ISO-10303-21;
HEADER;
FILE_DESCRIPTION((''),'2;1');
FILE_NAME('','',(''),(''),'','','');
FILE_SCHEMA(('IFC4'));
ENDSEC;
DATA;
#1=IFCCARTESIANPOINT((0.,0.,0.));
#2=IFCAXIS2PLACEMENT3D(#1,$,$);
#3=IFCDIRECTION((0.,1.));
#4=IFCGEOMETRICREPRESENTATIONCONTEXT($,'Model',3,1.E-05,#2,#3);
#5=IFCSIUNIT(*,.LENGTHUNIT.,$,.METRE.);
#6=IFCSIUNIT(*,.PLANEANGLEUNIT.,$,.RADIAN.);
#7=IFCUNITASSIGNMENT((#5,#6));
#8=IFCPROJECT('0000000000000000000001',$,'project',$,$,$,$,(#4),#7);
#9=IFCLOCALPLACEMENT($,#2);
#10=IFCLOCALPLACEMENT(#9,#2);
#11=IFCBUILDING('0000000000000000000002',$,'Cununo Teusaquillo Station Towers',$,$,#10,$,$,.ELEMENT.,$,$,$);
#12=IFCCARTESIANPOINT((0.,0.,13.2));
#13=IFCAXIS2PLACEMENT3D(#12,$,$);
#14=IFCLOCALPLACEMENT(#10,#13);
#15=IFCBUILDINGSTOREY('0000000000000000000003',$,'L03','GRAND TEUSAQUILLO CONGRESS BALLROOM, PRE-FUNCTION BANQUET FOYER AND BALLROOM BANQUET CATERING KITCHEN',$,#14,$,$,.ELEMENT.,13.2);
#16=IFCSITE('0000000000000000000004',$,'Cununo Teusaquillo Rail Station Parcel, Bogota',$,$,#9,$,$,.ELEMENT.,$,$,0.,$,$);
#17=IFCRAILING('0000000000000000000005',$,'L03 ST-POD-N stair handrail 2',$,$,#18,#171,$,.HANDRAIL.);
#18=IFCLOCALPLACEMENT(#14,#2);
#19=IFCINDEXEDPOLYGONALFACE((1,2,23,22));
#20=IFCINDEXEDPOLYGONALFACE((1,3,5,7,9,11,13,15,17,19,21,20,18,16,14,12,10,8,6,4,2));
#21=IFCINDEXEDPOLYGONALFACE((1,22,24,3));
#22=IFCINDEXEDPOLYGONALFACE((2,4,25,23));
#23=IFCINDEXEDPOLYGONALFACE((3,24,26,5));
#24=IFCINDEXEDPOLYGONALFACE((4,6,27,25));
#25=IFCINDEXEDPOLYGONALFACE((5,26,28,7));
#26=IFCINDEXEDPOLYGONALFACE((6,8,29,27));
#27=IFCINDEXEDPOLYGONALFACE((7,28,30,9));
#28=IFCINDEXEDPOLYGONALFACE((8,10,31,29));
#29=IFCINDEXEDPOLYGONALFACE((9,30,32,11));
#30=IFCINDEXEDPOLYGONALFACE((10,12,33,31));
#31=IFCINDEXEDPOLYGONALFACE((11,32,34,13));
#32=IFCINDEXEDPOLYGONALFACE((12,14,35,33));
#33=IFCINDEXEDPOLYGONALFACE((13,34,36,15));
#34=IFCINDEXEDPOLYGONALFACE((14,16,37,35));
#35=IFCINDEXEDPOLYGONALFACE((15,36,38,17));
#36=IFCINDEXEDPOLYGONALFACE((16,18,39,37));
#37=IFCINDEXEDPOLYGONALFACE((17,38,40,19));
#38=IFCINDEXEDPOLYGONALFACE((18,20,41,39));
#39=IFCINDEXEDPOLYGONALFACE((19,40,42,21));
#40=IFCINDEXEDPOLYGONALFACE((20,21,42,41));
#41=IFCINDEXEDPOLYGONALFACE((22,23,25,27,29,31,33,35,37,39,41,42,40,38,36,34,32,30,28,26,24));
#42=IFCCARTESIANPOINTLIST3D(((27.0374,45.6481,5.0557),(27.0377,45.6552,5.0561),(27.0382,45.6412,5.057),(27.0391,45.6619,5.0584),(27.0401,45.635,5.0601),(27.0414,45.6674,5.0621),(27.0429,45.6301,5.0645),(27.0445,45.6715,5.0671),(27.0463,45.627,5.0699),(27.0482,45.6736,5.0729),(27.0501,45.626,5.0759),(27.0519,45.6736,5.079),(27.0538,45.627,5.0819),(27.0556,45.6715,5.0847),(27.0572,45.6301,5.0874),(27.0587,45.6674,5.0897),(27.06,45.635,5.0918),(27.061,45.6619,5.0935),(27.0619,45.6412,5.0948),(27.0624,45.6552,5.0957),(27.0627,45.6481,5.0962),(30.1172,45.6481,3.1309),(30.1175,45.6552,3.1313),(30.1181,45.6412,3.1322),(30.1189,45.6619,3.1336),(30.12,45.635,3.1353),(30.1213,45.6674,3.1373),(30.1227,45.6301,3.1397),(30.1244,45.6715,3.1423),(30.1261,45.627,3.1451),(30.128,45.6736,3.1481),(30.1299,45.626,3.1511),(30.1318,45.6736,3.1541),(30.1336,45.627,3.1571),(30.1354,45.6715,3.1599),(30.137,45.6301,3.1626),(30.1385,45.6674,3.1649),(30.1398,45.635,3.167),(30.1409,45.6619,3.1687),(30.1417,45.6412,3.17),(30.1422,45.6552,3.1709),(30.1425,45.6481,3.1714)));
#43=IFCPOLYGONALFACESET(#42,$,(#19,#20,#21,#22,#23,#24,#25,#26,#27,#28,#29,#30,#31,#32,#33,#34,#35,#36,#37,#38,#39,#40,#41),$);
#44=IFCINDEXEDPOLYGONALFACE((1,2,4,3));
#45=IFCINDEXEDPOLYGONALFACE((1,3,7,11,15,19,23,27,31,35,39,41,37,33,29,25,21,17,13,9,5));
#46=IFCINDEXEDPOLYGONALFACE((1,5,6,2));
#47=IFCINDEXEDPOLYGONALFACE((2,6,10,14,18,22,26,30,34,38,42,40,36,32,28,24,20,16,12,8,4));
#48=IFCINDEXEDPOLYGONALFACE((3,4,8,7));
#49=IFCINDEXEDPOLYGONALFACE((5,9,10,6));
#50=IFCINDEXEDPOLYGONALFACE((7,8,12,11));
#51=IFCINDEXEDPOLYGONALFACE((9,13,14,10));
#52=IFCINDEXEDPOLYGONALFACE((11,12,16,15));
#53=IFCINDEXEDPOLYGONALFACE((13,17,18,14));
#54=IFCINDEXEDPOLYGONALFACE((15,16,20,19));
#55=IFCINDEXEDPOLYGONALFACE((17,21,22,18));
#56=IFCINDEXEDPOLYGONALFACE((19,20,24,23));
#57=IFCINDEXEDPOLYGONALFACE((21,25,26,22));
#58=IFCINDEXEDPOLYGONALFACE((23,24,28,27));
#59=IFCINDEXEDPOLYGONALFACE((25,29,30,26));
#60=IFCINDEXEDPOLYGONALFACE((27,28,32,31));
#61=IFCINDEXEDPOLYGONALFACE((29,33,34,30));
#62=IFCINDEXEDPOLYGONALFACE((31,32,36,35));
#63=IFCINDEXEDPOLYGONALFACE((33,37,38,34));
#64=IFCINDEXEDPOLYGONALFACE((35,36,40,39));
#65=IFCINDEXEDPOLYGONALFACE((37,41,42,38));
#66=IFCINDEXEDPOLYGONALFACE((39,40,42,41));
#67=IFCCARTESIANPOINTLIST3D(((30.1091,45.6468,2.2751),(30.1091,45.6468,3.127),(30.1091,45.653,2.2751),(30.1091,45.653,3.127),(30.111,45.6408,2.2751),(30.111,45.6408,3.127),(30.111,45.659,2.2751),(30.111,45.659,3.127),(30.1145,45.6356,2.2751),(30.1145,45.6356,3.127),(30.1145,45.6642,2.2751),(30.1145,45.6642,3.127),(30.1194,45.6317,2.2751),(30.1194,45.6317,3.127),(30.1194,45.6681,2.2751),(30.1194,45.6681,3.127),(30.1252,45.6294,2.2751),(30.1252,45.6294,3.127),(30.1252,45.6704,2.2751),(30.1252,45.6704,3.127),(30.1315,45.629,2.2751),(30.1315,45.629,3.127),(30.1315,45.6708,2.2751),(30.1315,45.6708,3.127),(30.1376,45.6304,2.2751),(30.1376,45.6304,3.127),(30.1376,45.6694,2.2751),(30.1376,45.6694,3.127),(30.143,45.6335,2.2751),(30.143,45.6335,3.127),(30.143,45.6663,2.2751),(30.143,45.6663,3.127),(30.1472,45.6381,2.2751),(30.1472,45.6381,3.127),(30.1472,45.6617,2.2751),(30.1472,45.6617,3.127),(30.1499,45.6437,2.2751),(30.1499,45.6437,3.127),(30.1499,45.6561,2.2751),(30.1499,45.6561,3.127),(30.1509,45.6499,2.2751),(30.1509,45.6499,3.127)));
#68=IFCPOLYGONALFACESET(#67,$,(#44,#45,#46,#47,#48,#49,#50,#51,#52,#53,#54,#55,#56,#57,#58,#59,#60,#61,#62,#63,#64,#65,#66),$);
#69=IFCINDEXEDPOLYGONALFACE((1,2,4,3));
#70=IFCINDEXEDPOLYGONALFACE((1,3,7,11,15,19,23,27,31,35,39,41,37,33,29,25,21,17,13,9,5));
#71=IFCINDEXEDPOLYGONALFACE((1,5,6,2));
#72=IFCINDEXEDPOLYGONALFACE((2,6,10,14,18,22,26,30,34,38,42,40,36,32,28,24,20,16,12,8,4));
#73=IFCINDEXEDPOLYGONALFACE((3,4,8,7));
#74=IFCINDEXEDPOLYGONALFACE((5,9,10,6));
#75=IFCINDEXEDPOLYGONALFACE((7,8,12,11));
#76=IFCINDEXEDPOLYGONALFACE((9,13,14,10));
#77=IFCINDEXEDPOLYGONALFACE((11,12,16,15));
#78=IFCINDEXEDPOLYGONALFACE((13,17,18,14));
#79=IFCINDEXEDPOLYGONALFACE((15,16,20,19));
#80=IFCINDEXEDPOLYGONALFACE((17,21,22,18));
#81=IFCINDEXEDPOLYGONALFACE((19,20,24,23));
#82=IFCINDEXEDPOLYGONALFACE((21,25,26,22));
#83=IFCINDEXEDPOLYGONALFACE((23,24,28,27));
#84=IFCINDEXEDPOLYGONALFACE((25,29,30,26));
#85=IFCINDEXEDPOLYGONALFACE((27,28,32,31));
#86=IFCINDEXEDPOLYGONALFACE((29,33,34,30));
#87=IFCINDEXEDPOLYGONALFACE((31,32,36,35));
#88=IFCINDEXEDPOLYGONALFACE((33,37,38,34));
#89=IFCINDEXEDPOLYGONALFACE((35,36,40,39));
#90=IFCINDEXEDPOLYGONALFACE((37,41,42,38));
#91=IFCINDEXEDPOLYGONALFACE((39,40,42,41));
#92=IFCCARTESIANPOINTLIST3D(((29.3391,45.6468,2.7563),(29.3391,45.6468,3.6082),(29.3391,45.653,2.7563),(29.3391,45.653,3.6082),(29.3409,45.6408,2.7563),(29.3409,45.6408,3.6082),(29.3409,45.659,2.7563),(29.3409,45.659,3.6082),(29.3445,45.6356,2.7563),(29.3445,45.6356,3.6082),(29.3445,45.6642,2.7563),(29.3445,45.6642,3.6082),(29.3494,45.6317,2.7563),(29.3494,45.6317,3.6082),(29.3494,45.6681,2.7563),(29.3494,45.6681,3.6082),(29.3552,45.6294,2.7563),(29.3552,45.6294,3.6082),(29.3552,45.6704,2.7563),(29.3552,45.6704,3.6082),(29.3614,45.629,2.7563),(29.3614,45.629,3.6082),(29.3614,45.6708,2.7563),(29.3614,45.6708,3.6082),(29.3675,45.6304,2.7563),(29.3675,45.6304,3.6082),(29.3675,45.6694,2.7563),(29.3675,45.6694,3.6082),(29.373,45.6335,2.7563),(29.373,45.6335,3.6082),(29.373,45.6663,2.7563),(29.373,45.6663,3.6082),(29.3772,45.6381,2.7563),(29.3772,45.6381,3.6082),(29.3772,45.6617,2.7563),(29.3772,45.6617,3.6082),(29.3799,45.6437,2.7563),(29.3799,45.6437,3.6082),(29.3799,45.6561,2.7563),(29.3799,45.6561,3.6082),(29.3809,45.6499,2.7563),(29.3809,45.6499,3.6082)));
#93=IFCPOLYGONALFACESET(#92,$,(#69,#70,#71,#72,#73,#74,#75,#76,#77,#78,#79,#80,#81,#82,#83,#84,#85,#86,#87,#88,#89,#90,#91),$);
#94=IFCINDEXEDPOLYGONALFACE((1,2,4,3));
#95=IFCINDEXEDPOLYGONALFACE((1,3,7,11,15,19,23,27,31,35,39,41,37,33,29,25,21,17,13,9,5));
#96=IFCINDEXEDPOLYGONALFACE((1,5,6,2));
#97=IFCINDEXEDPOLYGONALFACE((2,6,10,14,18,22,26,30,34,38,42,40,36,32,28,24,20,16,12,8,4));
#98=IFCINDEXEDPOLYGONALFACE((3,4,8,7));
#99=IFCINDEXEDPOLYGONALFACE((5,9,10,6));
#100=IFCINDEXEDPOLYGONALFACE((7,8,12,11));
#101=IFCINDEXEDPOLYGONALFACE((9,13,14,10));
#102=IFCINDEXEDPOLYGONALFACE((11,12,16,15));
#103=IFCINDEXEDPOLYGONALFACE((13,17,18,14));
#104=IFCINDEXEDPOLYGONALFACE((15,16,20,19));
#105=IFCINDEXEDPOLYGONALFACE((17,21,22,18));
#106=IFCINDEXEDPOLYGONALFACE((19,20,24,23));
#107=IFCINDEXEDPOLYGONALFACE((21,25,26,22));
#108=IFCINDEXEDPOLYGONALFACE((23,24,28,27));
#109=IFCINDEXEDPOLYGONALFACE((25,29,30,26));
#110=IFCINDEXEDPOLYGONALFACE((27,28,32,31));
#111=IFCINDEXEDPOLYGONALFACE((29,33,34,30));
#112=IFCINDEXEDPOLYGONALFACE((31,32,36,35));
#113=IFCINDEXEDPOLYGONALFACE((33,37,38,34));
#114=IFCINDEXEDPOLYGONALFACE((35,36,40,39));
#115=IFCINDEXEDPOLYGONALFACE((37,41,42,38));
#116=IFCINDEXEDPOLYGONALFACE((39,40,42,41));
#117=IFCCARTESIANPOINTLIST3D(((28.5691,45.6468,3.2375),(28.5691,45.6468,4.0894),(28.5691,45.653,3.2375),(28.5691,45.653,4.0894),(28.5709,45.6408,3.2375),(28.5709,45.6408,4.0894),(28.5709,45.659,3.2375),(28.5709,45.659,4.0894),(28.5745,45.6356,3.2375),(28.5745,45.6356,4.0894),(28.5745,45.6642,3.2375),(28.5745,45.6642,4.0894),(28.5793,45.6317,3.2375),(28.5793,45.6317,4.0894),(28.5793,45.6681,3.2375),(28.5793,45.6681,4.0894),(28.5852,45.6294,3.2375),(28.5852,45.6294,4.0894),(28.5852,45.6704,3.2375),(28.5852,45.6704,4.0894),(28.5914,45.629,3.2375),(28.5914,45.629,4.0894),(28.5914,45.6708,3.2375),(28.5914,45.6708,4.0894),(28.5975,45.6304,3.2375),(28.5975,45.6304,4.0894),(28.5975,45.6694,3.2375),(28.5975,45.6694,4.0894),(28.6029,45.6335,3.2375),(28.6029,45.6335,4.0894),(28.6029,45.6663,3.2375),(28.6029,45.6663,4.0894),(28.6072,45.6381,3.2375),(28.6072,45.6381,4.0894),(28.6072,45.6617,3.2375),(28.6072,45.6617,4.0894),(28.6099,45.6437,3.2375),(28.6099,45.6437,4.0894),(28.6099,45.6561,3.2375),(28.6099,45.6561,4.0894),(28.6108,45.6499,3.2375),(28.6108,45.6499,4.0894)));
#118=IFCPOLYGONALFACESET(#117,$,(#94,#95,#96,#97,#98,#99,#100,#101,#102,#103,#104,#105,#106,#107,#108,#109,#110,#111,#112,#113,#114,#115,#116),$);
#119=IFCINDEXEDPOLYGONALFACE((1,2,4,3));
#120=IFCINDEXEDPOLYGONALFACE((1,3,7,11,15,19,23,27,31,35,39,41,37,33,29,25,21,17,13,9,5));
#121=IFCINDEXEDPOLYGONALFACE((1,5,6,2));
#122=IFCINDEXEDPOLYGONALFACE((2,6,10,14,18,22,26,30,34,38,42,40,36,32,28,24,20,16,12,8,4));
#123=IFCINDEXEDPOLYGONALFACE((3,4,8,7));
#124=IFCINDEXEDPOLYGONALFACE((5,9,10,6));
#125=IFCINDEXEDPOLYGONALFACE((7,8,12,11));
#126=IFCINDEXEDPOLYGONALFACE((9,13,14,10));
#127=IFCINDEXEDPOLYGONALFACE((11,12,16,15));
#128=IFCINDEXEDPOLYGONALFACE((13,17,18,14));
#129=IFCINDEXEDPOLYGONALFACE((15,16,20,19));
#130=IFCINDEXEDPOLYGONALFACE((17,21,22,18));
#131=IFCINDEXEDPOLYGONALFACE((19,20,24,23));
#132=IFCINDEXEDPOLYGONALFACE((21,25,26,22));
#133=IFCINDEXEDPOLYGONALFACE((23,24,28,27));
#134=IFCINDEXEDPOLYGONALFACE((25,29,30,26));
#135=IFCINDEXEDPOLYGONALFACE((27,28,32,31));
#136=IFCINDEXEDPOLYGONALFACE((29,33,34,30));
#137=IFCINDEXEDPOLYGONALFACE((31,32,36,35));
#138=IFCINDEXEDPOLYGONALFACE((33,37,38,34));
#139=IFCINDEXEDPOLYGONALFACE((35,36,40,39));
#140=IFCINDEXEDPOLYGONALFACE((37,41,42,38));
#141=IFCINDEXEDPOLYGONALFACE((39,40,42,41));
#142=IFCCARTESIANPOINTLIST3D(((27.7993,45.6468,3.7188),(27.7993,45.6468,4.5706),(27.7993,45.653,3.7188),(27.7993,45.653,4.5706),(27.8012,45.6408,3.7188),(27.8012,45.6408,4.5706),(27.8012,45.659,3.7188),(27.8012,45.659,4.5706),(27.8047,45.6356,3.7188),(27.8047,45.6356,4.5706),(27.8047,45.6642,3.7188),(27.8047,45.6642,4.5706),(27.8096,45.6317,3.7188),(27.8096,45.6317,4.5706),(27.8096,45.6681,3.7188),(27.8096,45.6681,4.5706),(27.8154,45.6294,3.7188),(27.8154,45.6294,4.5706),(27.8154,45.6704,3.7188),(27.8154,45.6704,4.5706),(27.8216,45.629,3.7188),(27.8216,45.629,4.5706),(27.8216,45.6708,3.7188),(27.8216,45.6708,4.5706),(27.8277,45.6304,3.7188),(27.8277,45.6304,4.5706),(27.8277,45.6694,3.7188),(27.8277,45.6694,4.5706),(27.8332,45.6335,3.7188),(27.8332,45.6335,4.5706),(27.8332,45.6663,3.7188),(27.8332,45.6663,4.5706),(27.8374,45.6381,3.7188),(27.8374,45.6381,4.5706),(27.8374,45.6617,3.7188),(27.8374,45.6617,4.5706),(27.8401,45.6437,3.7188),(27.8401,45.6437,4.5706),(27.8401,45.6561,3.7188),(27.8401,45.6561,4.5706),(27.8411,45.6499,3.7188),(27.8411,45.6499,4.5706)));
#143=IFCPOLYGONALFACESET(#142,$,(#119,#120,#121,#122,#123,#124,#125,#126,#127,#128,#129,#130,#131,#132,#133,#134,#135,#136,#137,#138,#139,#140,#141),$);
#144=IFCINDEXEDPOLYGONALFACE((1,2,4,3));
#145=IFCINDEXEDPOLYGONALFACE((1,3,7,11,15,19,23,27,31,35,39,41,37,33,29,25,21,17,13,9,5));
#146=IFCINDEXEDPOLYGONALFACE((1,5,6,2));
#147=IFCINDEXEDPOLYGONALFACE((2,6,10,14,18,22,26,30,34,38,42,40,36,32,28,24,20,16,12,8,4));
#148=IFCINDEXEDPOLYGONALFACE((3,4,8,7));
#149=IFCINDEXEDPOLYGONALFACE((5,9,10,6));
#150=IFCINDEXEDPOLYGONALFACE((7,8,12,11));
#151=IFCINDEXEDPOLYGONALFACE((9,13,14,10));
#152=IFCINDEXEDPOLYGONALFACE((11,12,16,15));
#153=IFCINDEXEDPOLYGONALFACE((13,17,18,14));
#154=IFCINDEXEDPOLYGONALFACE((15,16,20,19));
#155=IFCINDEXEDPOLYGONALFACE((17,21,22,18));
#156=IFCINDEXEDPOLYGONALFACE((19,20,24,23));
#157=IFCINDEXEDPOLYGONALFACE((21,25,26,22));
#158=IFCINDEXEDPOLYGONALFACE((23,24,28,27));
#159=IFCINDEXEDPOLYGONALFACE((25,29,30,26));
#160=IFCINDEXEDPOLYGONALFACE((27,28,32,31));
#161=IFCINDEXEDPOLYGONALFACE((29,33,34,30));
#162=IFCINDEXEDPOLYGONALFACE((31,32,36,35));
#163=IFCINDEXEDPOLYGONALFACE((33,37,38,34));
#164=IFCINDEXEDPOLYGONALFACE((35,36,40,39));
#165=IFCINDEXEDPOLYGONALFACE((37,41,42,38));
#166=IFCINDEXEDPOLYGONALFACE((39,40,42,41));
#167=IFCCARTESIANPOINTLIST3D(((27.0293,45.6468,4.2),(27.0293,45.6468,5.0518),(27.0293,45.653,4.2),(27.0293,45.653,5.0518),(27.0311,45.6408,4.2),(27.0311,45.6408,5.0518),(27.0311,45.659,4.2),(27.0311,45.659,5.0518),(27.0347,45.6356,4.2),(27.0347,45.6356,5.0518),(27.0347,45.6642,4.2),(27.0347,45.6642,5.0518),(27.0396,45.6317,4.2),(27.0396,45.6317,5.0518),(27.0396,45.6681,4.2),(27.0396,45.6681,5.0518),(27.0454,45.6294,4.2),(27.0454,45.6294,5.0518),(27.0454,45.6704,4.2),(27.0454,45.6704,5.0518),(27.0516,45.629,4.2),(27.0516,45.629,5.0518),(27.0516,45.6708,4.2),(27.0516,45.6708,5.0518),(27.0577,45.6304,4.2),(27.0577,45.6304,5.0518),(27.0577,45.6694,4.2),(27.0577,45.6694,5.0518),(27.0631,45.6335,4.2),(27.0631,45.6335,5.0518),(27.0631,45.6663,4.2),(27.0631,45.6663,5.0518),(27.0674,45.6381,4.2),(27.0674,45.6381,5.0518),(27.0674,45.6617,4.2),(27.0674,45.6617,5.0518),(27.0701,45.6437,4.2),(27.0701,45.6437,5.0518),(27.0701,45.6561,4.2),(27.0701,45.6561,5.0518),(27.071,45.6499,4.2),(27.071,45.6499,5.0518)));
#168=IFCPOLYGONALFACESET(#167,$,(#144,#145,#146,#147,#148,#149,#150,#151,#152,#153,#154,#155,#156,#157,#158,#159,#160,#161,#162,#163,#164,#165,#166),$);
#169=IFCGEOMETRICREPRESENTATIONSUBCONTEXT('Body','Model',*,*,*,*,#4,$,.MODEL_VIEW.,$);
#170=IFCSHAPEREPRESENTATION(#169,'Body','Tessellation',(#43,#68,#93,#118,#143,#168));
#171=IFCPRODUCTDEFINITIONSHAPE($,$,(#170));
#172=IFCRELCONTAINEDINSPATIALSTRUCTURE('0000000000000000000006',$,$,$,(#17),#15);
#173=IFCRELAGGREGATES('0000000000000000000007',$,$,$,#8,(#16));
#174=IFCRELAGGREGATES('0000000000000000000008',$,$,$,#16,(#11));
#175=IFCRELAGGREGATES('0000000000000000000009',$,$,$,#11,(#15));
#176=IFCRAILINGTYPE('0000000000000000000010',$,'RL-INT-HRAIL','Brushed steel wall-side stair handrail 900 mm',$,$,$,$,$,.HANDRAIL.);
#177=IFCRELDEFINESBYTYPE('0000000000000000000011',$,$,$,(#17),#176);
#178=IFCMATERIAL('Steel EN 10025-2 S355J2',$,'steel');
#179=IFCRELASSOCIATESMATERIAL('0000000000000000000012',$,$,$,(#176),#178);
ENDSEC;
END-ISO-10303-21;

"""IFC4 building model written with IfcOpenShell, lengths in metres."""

from ifc_helpers import new_model, si_unit, direction, frame, origin, origin_2d, place, context, subcontext, project, spatial, circle, extrude, material, type_object, element, save


model = new_model("IFC4")

# Units and contexts
model_context = context("Model", 3, precision=1e-05, world=origin(), true_north=direction((0.0, 1.0)))
body_context = subcontext(model_context, "Body", "Model", "MODEL_VIEW")
ifc_project = project(units=[si_unit("LENGTHUNIT", "METRE"), si_unit("PLANEANGLEUNIT", "RADIAN")], contexts=[model_context])

# Site, building, storey
site_placement = place(None, origin())
site = spatial("IfcSite", under=ifc_project, at=site_placement, Name="Cununo Teusaquillo Rail Station Parcel, Bogota", CompositionType="ELEMENT", RefElevation=0.0)
building_placement = place(site_placement, origin())
building = spatial("IfcBuilding", under=site, at=building_placement, Name="Cununo Teusaquillo Station Towers", CompositionType="ELEMENT")
storey_placement = place(building_placement, frame((0.0, 0.0, 13.2)))
storey = spatial("IfcBuildingStorey", under=building, at=storey_placement, Name="L03", Description="GRAND TEUSAQUILLO CONGRESS BALLROOM, PRE-FUNCTION BANQUET FOYER AND BALLROOM BANQUET CATERING KITCHEN", CompositionType="ELEMENT", Elevation=13.2)

# Railing
ifc_material_1 = material(Name="Steel EN 10025-2 S355J2", Category="steel")
railing_type_1 = type_object("IfcRailingType", Name="RL-INT-HRAIL", Description="Brushed steel wall-side stair handrail 900 mm", PredefinedType="HANDRAIL", material=ifc_material_1)
railing_1_placement = place(storey_placement, frame((30.1299, 45.6499, 2.2751)))
element("IfcRailing", 1, at=railing_1_placement, inside=storey, type_object=railing_type_1, Name="L03 ST-POD-N stair handrail 2", PredefinedType="HANDRAIL", context=body_context, shape_type="SweptSolid", body=[
    extrude(circle(Radius=0.0239, at=origin_2d()), frame((0.0, 0.0, 0.876), z_axis=(-0.84801, 0.0, 0.529981), x_axis=(0.0, -1.0, 0.0)), (0.0, 0.0, 1.0), 3.6318),
    extrude(circle(Radius=0.021, at=origin_2d()), origin(), (0.0, 0.0, 1.0), 0.8518),
    extrude(circle(Radius=0.021, at=origin_2d()), frame((-0.77, 0.0, 0.4812)), (0.0, 0.0, 1.0), 0.8518),
    extrude(circle(Radius=0.021, at=origin_2d()), frame((-1.54, 0.0, 0.9624)), (0.0, 0.0, 1.0), 0.8518),
    extrude(circle(Radius=0.021, at=origin_2d()), frame((-2.3098, 0.0, 1.4436)), (0.0, 0.0, 1.0), 0.8518),
    extrude(circle(Radius=0.021, at=origin_2d()), frame((-3.0798, 0.0, 1.9248)), (0.0, 0.0, 1.0), 0.8518),
])

save(model, "model.ifc")
